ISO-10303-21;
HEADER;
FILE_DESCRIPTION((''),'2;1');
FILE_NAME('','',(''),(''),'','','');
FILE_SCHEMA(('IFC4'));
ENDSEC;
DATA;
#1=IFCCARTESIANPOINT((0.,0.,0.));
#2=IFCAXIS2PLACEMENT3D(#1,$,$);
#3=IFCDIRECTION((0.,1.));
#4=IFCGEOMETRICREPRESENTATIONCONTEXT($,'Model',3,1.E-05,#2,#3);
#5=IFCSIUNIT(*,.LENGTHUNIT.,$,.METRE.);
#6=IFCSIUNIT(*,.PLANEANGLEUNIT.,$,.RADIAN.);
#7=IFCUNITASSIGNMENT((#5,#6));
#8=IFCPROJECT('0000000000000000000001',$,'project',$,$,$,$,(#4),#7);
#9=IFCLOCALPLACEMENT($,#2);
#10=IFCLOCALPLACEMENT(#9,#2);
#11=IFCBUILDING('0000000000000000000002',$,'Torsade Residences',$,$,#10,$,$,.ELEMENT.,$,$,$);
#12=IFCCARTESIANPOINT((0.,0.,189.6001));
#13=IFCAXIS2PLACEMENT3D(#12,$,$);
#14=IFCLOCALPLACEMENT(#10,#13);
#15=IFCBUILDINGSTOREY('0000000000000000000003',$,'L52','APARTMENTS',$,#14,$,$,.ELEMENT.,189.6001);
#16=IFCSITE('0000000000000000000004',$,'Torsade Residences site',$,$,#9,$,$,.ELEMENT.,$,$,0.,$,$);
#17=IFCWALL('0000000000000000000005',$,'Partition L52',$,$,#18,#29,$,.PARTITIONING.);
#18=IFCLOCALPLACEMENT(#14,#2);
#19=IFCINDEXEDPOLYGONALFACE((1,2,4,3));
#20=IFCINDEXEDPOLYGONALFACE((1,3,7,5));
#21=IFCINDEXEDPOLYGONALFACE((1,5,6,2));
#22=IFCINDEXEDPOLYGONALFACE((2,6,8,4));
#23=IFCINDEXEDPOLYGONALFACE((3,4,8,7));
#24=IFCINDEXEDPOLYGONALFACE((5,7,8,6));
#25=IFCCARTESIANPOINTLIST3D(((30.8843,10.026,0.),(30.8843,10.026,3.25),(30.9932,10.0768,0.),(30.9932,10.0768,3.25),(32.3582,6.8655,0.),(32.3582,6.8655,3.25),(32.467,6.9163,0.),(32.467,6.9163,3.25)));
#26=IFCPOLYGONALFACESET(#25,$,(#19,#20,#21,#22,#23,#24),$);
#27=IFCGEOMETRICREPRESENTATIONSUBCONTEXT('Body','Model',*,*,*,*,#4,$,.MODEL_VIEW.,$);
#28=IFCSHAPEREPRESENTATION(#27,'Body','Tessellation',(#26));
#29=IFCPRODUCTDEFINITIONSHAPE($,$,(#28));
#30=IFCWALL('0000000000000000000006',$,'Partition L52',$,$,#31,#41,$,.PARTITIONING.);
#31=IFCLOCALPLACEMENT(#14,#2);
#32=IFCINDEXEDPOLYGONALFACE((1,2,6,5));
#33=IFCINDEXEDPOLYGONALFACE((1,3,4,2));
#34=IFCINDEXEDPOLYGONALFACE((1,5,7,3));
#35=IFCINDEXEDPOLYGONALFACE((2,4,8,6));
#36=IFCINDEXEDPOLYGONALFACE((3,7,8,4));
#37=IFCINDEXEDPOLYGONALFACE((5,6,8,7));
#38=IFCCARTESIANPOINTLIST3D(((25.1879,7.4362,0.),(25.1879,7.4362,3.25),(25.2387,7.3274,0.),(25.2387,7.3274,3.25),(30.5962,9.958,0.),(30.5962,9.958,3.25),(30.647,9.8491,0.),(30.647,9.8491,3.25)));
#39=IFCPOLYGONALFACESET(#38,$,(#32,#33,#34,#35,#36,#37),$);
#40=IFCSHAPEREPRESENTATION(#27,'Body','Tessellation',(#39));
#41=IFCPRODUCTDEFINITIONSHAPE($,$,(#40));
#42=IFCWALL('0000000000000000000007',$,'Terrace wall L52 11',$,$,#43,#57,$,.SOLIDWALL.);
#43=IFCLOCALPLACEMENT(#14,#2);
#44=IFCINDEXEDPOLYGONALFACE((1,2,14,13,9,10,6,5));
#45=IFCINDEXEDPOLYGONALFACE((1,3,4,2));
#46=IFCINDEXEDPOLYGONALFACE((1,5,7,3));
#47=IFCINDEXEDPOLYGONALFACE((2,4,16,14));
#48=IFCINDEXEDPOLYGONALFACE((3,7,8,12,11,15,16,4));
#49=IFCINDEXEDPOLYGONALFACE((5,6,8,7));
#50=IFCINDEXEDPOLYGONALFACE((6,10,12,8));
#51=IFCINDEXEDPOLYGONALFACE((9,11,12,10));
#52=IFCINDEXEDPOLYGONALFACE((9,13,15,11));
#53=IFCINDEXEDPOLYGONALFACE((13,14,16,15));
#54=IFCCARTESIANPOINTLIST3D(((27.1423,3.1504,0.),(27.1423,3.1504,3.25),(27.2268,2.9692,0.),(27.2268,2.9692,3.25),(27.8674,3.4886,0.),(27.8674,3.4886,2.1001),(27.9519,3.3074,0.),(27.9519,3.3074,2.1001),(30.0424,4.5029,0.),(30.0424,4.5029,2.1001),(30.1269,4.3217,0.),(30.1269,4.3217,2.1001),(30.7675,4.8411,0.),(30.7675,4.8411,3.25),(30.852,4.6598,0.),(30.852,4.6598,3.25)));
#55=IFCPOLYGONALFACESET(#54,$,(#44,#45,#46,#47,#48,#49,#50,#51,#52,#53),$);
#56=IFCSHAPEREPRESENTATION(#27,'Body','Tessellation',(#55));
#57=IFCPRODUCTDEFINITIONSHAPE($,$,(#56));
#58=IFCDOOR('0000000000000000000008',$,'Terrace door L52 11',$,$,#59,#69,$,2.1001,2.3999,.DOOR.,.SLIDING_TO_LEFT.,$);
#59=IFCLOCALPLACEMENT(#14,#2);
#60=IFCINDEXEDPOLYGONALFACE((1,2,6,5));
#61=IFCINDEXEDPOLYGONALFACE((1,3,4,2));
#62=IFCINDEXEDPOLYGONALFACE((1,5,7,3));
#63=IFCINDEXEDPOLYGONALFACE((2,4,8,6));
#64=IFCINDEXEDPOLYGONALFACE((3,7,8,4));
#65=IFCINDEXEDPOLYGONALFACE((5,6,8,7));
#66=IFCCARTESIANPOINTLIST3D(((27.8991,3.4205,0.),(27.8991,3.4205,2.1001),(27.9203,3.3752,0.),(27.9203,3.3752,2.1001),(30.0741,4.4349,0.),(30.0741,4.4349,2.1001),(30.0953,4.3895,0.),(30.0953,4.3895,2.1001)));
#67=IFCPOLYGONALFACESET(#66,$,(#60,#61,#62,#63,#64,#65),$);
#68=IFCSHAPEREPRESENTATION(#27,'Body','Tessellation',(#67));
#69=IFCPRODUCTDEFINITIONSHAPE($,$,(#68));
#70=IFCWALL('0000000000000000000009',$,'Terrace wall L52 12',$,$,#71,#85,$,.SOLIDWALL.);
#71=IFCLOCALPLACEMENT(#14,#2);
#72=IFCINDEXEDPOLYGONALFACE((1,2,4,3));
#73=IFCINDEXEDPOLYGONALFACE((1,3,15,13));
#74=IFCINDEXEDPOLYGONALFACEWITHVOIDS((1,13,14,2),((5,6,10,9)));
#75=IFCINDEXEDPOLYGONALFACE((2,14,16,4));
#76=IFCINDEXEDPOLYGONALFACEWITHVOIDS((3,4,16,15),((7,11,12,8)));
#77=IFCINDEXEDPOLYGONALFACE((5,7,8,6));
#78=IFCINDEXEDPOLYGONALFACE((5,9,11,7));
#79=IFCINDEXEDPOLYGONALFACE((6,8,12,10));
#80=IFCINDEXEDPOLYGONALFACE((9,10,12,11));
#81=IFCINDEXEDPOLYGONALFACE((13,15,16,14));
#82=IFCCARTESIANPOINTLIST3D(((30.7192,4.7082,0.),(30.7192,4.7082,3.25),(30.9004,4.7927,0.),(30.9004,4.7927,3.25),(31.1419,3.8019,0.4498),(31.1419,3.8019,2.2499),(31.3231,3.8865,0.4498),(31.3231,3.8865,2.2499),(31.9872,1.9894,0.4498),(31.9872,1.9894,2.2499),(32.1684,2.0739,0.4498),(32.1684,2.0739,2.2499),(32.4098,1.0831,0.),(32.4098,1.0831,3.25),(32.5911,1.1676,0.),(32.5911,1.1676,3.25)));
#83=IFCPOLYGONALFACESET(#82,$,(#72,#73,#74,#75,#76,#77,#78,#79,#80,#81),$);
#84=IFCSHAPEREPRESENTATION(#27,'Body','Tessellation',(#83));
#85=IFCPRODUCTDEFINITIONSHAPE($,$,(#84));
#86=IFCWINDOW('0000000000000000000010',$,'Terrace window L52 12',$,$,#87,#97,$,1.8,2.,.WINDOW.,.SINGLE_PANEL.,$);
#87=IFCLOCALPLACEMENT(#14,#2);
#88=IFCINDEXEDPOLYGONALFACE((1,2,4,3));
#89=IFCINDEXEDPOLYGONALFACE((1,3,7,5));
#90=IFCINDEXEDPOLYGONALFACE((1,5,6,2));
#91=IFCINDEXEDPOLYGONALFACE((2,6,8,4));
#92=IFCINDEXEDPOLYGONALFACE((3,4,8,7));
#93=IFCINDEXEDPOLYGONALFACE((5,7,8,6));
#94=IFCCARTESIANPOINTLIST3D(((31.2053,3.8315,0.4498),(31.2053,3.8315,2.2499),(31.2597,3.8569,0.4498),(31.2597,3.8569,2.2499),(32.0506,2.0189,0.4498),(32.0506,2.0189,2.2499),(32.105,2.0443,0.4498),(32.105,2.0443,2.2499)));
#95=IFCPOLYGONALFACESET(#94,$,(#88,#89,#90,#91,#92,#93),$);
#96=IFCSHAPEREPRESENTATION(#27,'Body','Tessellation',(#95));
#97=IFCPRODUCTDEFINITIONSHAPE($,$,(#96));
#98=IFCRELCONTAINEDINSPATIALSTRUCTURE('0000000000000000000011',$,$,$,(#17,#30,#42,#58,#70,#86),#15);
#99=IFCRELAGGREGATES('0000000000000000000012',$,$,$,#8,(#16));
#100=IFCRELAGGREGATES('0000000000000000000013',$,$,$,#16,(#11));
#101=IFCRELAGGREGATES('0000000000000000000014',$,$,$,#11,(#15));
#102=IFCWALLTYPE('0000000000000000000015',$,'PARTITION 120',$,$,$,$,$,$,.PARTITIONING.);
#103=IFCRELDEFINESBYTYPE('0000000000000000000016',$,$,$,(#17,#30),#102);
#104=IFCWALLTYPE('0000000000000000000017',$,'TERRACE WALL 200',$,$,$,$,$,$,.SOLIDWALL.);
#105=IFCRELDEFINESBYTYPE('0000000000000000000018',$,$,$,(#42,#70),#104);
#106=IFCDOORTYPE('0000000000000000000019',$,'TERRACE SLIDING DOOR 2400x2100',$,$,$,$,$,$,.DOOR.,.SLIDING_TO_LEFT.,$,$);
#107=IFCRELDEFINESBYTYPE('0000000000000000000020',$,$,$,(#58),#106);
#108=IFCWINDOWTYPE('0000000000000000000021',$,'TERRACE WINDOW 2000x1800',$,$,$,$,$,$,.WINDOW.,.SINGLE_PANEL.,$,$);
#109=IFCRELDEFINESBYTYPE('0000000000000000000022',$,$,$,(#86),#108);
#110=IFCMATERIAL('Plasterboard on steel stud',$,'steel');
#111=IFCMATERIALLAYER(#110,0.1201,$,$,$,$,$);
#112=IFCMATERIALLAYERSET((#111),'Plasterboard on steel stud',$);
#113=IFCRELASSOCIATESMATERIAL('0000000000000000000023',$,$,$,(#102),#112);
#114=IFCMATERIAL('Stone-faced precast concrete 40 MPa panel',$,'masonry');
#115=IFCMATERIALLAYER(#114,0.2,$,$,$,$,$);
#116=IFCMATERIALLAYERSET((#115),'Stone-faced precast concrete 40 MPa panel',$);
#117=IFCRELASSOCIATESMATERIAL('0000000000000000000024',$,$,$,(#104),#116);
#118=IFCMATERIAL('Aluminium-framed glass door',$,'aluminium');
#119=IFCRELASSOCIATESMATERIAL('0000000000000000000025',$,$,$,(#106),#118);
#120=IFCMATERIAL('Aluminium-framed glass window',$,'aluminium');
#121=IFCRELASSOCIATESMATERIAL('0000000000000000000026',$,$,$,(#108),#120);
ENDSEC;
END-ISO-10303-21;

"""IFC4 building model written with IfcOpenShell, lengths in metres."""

from ifc_helpers import new_model, si_unit, direction, frame, frame_2d, origin, place, context, subcontext, project, spatial, rectangle, extrude, material, layer, layer_set, type_object, element, fill, save


model = new_model("IFC4")

# Units and contexts
model_context = context("Model", 3, precision=1e-05, world=origin(), true_north=direction((0.0, 1.0)))
body_context = subcontext(model_context, "Body", "Model", "MODEL_VIEW")
ifc_project = project(units=[si_unit("LENGTHUNIT", "METRE"), si_unit("PLANEANGLEUNIT", "RADIAN")], contexts=[model_context])

# Site, building, storey
site_placement = place(None, origin())
site = spatial("IfcSite", under=ifc_project, at=site_placement, Name="Torsade Residences site", CompositionType="ELEMENT", RefElevation=0.0)
building_placement = place(site_placement, origin())
building = spatial("IfcBuilding", under=site, at=building_placement, Name="Torsade Residences", CompositionType="ELEMENT")
storey_placement = place(building_placement, frame((0.0, 0.0, 189.6001)))
storey = spatial("IfcBuildingStorey", under=building, at=storey_placement, Name="L52", Description="APARTMENTS", CompositionType="ELEMENT", Elevation=189.6001)

# Shared definitions
ifc_material_1 = material(Name="Plasterboard on steel stud", Category="steel")
ifc_layer_1 = layer(ifc_material_1, 0.1201)
ifc_layer_set_1 = layer_set([ifc_layer_1], Name="Plasterboard on steel stud")
wall_type_1 = type_object("IfcWallType", Name="PARTITION 120", PredefinedType="PARTITIONING", material=ifc_layer_set_1)

# Walls
wall_1_placement = place(storey_placement, frame((32.4126, 6.8909, 0.0), z_axis=(0.0, 0.0, 1.0), x_axis=(-0.422629, 0.906303, 0.0)))
element("IfcWall", 1, at=wall_1_placement, inside=storey, type_object=wall_type_1, Name="Partition L52", PredefinedType="PARTITIONING", context=body_context, shape_type="SweptSolid", body=[
    extrude(rectangle(XDim=3.4873, YDim=0.1201, at=frame_2d((1.7437, 0.0))), origin(), (0.0, 0.0, 1.0), 3.25),
])
wall_2_placement = place(storey_placement, frame((30.6216, 9.9036, 0.0), z_axis=(0.0, 0.0, 1.0), x_axis=(-0.906318, -0.422597, 0.0)))
element("IfcWall", 2, at=wall_2_placement, inside=storey, type_object=wall_type_1, Name="Partition L52", PredefinedType="PARTITIONING", context=body_context, shape_type="SweptSolid", body=[
    extrude(rectangle(XDim=5.9673, YDim=0.1201, at=frame_2d((2.9836, 0.0))), origin(), (0.0, 0.0, 1.0), 3.25),
])

# Wall, opening, door
ifc_material_2 = material(Name="Stone-faced precast concrete 40 MPa panel", Category="masonry")
ifc_layer_2 = layer(ifc_material_2, 0.2)
ifc_layer_set_2 = layer_set([ifc_layer_2], Name="Stone-faced precast concrete 40 MPa panel")
wall_type_2 = type_object("IfcWallType", Name="TERRACE WALL 200", PredefinedType="SOLIDWALL", material=ifc_layer_set_2)
wall_3_placement = place(storey_placement, frame((27.1846, 3.0598, 0.0), z_axis=(0.0, 0.0, 1.0), x_axis=(0.906289, 0.422658, 0.0)))
wall_3 = element("IfcWall", 3, at=wall_3_placement, inside=storey, type_object=wall_type_2, Name="Terrace wall L52 11", PredefinedType="SOLIDWALL", context=body_context, shape_type="SweptSolid", body=[
    extrude(rectangle(XDim=4.0, YDim=0.2, at=frame_2d((2.0, 0.0))), origin(), (0.0, 0.0, 1.0), 3.25),
])
opening_1_placement = place(wall_3_placement, frame((0.8, 0.0, 0.0)))
opening_1 = element("IfcOpeningElement", 4, at=opening_1_placement, cuts=wall_3, PredefinedType="OPENING", context=body_context, shape_type="SweptSolid", body=[
    extrude(rectangle(XDim=2.3999, YDim=2.1001, at=frame_2d((1.2, 1.05))), frame((0.0, 0.1099, 0.0), z_axis=(0.0, -1.0, 0.0), x_axis=(1.0, 0.0, 0.0)), (0.0, 0.0, 1.0), 0.22),
])
ifc_material_3 = material(Name="Aluminium-framed glass door", Category="aluminium")
door_type_1 = type_object("IfcDoorType", Name="TERRACE SLIDING DOOR 2400x2100", OperationType="SLIDING_TO_LEFT", PredefinedType="DOOR", material=ifc_material_3)
door_1_placement = place(opening_1_placement, origin())
door_1 = element("IfcDoor", 5, at=door_1_placement, inside=storey, type_object=door_type_1, Name="Terrace door L52 11", OperationType="SLIDING_TO_LEFT", OverallHeight=2.1001, OverallWidth=2.3999, PredefinedType="DOOR", context=body_context, shape_type="SweptSolid", body=[
    extrude(rectangle(XDim=2.3999, YDim=2.1001, at=frame_2d((1.2, 1.05))), frame((0.0, 0.0249, 0.0), z_axis=(0.0, -1.0, 0.0), x_axis=(1.0, 0.0, 0.0)), (0.0, 0.0, 1.0), 0.05),
])
fill(opening_1, door_1)

# Wall, opening, window
wall_4_placement = place(storey_placement, frame((30.8098, 4.7505, 0.0), z_axis=(0.0, 0.0, 1.0), x_axis=(0.422658, -0.906289, 0.0)))
wall_4 = element("IfcWall", 6, at=wall_4_placement, inside=storey, type_object=wall_type_2, Name="Terrace wall L52 12", PredefinedType="SOLIDWALL", context=body_context, shape_type="SweptSolid", body=[
    extrude(rectangle(XDim=4.0, YDim=0.2, at=frame_2d((2.0, 0.0))), origin(), (0.0, 0.0, 1.0), 3.25),
])
opening_2_placement = place(wall_4_placement, frame((1.0, 0.0, 0.45)))
opening_2 = element("IfcOpeningElement", 7, at=opening_2_placement, cuts=wall_4, PredefinedType="OPENING", context=body_context, shape_type="SweptSolid", body=[
    extrude(rectangle(XDim=2.0, YDim=1.8, at=frame_2d((1.0, 0.8999))), frame((0.0, 0.1099, 0.0), z_axis=(0.0, -1.0, 0.0), x_axis=(1.0, 0.0, 0.0)), (0.0, 0.0, 1.0), 0.22),
])
ifc_material_4 = material(Name="Aluminium-framed glass window", Category="aluminium")
window_type = type_object("IfcWindowType", Name="TERRACE WINDOW 2000x1800", PartitioningType="SINGLE_PANEL", PredefinedType="WINDOW", material=ifc_material_4)
window_placement = place(opening_2_placement, origin())
window = element("IfcWindow", 8, at=window_placement, inside=storey, type_object=window_type, Name="Terrace window L52 12", OverallHeight=1.8, OverallWidth=2.0, PartitioningType="SINGLE_PANEL", PredefinedType="WINDOW", context=body_context, shape_type="SweptSolid", body=[
    extrude(rectangle(XDim=2.0, YDim=1.8, at=frame_2d((1.0, 0.8999))), frame((0.0, 0.03, 0.0), z_axis=(0.0, -1.0, 0.0), x_axis=(1.0, 0.0, 0.0)), (0.0, 0.0, 1.0), 0.0601),
])
fill(opening_2, window)

save(model, "model.ifc")
